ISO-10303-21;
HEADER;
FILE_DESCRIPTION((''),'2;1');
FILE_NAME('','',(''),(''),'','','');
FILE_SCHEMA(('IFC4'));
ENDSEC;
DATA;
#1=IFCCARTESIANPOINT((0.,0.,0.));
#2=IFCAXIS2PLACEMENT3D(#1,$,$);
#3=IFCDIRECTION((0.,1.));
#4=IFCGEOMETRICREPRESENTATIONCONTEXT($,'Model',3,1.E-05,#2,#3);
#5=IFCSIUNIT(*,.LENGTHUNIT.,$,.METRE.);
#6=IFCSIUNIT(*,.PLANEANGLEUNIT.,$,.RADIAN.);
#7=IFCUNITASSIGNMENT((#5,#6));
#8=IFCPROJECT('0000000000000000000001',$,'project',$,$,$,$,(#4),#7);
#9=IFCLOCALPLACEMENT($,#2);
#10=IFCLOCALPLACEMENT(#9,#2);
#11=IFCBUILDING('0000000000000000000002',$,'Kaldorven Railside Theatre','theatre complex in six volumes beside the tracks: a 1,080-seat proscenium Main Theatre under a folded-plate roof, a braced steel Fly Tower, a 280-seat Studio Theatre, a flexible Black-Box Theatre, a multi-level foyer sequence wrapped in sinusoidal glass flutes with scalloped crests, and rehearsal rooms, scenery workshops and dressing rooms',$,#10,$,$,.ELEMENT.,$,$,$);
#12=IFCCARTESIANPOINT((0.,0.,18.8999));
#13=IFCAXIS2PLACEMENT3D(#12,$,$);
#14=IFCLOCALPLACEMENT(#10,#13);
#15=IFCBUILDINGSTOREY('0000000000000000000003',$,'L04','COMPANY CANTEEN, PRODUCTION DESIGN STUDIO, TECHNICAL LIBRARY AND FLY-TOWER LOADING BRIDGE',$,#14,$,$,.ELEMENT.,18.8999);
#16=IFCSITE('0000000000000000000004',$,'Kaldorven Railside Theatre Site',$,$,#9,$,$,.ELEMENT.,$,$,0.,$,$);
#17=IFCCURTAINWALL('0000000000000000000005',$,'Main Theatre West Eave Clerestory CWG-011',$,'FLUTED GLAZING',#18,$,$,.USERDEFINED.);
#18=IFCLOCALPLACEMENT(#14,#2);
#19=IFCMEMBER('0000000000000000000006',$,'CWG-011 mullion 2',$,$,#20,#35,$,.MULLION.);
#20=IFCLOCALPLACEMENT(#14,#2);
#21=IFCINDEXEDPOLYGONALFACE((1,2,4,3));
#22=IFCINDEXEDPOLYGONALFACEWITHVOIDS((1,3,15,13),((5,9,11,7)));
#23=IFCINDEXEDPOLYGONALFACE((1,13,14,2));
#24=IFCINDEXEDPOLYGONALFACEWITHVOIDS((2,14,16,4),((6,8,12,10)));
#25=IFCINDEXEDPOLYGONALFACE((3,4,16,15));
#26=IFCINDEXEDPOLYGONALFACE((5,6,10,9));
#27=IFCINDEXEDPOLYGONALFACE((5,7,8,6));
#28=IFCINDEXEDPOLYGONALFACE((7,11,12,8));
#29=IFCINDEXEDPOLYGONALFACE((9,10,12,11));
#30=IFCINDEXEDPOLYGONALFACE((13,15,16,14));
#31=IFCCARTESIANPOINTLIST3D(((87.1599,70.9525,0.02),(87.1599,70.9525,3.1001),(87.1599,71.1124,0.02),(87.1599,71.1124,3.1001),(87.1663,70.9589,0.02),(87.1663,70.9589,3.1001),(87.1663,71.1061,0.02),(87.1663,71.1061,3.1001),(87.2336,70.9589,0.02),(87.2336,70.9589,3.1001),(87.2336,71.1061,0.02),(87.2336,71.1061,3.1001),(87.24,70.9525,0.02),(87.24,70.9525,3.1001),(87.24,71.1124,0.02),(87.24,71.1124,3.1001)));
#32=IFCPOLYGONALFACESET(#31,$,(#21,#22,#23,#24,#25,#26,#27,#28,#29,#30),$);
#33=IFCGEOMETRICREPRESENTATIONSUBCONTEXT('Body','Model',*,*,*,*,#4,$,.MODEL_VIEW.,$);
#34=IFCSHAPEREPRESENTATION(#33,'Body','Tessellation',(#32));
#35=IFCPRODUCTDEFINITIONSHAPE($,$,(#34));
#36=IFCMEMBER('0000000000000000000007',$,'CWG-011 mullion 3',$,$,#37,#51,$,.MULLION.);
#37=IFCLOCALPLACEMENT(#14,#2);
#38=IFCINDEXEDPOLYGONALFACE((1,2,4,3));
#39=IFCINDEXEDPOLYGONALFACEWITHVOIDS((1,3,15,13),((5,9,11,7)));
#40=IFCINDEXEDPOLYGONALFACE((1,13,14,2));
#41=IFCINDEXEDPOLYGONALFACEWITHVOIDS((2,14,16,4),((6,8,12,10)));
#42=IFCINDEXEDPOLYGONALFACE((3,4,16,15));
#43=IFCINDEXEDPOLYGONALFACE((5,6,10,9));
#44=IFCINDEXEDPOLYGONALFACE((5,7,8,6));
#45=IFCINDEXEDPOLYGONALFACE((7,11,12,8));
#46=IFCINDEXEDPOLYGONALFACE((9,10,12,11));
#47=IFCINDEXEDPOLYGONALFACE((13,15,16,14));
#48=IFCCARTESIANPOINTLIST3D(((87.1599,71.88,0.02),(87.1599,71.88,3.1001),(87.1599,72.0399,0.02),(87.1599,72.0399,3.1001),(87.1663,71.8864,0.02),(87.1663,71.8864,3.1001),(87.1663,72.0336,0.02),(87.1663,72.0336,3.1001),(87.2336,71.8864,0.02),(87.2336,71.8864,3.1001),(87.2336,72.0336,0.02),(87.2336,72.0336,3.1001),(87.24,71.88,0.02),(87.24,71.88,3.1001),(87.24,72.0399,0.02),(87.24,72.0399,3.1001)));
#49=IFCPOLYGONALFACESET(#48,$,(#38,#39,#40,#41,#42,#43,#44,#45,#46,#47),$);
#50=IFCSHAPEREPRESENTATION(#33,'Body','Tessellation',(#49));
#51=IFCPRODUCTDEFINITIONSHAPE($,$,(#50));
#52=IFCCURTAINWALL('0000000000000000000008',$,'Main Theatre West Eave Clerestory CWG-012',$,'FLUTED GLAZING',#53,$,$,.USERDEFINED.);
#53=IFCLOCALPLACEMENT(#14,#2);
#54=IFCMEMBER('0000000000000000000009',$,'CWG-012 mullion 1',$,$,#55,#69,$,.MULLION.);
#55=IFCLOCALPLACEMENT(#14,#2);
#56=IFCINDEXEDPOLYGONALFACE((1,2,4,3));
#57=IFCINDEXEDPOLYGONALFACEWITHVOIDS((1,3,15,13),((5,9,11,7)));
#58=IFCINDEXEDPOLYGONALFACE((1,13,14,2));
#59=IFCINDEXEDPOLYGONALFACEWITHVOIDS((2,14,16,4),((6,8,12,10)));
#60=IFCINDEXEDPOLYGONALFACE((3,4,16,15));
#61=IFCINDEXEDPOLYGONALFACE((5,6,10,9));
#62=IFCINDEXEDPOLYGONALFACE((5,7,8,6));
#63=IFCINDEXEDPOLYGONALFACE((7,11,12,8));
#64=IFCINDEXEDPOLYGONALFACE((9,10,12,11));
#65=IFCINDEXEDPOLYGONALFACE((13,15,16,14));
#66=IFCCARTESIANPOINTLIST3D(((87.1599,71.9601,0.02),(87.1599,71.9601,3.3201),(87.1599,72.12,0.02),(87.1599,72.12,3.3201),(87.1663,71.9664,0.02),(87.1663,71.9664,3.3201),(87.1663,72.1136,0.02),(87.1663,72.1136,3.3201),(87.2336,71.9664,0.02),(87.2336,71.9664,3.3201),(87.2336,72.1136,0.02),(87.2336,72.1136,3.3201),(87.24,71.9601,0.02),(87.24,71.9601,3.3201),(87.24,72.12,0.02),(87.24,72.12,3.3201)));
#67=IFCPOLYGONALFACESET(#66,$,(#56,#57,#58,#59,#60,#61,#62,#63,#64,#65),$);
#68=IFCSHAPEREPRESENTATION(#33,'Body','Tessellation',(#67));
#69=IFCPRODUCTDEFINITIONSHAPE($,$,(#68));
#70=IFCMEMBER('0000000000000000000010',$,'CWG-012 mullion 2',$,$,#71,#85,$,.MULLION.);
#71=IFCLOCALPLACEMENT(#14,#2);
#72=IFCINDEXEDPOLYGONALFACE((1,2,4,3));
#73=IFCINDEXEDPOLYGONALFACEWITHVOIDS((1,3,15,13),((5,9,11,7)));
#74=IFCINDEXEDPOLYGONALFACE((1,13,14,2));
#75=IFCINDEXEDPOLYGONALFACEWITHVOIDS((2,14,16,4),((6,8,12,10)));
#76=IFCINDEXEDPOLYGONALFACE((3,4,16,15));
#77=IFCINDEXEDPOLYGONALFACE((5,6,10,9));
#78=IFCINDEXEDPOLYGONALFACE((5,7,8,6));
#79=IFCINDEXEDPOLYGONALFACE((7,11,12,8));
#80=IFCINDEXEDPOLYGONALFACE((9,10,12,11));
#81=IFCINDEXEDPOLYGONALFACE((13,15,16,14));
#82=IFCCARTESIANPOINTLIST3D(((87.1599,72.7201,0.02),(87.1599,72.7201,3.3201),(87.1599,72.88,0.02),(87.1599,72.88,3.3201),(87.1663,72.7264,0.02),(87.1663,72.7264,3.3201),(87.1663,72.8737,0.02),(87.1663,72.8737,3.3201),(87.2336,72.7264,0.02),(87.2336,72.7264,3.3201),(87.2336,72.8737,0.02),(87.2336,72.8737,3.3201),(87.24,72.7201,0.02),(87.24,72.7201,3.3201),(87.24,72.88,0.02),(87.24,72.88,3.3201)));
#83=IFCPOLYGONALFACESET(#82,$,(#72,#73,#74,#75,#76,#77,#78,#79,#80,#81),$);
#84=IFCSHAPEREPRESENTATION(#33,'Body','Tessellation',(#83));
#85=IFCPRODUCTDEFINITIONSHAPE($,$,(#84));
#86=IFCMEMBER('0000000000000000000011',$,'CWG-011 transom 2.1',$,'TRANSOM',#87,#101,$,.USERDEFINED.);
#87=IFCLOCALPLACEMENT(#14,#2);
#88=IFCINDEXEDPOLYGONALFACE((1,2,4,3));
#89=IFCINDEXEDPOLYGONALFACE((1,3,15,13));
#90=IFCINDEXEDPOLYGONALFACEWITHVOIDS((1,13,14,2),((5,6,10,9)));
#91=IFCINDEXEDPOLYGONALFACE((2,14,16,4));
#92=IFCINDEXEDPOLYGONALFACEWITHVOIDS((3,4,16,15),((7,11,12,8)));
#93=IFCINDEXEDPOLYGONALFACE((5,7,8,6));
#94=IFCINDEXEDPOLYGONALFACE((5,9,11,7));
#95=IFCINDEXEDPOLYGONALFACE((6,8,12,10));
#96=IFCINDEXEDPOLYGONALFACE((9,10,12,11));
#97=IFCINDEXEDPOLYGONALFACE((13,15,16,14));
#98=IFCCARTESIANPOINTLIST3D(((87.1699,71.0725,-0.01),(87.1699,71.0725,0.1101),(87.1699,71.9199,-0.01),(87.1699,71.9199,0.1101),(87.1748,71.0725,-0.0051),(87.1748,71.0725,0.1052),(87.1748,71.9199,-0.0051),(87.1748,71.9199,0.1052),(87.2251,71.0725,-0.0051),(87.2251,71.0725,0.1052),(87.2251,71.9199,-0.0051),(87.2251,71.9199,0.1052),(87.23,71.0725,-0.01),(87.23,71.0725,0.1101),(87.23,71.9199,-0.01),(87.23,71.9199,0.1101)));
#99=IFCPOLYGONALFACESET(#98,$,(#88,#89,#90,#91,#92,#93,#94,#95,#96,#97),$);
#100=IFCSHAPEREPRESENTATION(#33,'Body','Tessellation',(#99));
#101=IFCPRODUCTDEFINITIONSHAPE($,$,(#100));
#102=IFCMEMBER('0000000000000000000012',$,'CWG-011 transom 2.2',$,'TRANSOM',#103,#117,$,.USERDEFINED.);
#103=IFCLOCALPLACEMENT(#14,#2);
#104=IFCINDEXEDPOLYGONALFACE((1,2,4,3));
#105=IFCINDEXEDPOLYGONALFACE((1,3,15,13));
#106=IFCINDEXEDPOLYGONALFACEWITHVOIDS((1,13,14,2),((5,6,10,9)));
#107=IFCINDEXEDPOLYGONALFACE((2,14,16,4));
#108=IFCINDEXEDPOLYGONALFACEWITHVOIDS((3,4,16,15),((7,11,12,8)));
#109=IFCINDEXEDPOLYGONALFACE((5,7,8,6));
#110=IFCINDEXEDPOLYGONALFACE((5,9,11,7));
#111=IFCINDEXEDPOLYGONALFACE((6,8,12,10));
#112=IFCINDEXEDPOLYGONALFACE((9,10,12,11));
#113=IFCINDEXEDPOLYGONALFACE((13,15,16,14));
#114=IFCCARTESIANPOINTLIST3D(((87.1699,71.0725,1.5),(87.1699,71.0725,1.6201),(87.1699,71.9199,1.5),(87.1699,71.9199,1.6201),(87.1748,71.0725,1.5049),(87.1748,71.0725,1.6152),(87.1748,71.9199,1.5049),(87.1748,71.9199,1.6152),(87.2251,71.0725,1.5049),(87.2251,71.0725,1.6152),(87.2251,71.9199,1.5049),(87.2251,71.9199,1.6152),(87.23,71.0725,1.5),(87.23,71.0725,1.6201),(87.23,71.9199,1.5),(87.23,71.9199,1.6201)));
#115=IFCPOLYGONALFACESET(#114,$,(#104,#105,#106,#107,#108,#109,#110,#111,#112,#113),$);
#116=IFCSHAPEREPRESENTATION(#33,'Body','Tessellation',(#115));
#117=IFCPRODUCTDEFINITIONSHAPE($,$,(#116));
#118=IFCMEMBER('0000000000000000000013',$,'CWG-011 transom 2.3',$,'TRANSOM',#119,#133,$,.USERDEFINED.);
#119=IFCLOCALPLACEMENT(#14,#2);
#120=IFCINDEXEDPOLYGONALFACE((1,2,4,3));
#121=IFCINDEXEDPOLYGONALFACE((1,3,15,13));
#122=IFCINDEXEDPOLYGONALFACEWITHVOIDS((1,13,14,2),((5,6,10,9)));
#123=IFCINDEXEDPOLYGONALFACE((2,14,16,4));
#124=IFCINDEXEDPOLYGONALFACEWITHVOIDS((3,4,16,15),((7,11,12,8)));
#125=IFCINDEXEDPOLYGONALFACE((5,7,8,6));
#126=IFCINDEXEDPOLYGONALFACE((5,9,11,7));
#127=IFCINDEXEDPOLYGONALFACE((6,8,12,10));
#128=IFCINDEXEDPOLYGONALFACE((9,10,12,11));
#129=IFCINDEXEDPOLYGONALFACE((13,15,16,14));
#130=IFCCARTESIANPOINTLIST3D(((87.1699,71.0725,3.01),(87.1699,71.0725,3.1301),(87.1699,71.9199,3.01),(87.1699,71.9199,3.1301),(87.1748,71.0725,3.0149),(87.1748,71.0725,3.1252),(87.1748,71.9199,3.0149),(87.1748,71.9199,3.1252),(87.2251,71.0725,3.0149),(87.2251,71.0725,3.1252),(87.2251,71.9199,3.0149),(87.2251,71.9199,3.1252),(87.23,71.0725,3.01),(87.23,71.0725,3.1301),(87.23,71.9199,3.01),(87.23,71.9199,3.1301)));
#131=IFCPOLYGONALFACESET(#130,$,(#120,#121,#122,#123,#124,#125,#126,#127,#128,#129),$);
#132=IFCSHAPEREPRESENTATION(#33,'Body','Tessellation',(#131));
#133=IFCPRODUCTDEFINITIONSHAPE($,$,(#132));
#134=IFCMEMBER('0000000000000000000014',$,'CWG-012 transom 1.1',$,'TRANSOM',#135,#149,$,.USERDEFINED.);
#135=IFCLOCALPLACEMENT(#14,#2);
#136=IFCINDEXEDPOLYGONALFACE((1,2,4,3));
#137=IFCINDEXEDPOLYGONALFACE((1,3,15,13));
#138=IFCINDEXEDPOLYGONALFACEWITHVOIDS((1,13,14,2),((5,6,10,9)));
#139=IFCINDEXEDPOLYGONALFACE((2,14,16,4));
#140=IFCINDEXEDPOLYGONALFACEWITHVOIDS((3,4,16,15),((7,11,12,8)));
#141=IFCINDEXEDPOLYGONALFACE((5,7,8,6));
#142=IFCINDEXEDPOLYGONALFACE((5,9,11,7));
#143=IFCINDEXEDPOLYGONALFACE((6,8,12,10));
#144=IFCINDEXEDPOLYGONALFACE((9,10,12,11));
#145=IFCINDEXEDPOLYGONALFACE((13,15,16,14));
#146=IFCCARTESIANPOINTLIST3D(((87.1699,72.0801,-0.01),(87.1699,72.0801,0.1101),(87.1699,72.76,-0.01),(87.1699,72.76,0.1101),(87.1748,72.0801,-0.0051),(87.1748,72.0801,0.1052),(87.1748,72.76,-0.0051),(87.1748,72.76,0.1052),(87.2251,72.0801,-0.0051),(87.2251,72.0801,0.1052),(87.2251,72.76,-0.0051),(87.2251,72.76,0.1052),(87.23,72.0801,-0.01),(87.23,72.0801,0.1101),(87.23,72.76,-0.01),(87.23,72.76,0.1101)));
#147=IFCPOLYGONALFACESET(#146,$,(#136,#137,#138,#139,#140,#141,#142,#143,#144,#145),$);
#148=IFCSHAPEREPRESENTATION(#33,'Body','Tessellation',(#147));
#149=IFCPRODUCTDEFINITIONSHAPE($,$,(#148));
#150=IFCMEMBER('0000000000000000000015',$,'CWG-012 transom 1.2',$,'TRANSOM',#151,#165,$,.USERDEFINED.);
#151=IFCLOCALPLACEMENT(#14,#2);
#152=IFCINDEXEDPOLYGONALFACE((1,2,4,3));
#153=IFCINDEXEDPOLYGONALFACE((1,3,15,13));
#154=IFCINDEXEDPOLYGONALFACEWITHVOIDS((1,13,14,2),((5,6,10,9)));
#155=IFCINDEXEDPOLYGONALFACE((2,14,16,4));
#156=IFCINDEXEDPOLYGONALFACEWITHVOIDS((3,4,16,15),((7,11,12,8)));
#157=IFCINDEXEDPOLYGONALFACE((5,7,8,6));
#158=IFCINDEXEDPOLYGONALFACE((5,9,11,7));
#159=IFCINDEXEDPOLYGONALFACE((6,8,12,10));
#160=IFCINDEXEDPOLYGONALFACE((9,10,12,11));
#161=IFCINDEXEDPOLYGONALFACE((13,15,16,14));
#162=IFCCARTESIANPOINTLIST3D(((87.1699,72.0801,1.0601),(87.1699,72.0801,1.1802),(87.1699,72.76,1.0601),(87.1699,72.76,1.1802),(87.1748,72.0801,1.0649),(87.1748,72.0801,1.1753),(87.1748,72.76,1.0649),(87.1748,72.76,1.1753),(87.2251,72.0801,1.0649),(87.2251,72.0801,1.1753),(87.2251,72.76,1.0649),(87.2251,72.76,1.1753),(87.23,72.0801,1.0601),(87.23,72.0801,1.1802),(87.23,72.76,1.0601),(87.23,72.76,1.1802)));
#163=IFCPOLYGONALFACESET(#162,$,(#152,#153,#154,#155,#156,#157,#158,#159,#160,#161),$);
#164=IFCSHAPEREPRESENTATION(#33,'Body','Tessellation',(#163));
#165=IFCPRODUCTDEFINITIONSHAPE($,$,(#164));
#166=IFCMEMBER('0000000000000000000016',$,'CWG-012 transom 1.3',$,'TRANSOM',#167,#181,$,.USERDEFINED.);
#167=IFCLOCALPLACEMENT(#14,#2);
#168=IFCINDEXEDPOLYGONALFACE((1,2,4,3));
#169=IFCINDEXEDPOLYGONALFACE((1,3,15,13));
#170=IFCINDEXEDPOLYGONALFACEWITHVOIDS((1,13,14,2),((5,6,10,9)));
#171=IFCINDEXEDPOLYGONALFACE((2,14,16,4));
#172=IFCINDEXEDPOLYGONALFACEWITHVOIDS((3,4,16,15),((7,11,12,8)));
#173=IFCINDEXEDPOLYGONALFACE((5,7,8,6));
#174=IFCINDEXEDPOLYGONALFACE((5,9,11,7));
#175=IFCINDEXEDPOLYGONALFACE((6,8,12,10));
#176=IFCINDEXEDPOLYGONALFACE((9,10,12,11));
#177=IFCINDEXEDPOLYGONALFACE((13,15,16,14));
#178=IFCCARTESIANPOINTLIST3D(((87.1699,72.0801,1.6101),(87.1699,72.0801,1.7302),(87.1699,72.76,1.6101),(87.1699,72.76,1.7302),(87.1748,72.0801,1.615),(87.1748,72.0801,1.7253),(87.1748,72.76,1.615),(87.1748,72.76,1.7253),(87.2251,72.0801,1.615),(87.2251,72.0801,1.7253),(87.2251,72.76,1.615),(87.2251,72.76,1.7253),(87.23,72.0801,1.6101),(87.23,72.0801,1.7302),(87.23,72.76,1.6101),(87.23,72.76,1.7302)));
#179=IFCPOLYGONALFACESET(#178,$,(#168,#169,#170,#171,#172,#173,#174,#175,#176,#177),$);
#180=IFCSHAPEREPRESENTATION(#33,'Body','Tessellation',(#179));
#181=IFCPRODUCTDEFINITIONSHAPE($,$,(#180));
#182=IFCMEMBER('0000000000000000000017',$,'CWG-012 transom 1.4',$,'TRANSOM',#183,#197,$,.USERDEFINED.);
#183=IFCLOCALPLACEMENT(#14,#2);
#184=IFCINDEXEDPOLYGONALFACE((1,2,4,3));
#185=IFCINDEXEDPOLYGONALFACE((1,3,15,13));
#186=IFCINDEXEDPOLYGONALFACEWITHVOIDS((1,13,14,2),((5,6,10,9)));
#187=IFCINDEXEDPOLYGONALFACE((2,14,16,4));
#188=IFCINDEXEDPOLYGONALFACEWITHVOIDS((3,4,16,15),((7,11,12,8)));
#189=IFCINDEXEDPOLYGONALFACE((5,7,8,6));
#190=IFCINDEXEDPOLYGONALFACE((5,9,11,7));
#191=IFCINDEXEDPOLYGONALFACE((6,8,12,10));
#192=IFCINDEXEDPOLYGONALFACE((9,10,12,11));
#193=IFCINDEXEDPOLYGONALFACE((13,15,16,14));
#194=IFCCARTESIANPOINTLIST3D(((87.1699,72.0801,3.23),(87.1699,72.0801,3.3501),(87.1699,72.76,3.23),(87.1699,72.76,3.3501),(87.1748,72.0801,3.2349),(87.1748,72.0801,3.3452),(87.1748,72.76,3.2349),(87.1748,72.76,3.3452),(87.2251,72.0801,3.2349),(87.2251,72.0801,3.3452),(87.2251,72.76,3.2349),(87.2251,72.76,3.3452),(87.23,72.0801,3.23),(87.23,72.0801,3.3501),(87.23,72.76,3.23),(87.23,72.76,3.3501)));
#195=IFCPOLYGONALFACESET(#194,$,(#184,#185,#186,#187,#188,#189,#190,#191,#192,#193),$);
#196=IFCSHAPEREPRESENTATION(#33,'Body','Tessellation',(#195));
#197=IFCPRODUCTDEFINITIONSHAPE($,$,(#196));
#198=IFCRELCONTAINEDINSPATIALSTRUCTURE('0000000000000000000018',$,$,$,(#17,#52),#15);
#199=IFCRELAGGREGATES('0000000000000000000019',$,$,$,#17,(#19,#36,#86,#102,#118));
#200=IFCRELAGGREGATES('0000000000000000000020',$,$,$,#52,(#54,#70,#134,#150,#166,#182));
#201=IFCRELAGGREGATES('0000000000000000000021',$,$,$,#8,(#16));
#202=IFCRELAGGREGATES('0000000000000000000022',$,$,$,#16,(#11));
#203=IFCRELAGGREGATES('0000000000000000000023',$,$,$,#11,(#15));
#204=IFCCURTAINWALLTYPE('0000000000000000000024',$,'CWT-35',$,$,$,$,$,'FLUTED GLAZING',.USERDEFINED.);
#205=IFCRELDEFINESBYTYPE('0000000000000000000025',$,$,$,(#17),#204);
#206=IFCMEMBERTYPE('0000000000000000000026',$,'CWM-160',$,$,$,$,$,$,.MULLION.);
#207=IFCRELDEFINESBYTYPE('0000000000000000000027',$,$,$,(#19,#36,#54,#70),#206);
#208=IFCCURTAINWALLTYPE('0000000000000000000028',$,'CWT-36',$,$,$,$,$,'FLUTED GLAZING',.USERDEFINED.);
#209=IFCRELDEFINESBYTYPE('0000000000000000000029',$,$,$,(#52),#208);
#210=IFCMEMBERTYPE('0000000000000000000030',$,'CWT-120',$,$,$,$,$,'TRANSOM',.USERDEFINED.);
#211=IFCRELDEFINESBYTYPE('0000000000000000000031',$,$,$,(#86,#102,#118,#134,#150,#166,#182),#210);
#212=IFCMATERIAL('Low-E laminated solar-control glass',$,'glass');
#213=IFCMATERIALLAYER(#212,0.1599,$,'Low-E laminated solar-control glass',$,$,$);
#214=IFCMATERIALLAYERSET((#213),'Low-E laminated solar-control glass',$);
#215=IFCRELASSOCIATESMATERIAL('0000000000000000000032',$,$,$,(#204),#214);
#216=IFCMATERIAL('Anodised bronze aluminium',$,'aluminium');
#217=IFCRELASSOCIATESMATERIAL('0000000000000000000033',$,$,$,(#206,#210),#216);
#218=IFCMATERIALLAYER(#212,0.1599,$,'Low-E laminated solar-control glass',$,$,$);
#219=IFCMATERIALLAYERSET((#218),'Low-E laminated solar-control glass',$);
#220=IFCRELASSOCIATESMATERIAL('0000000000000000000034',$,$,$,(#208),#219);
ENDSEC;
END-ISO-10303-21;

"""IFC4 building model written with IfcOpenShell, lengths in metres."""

from ifc_helpers import new_model, si_unit, direction, frame, origin, origin_2d, place, context, subcontext, project, spatial, hollow_rectangle, extrude, material, layer, layer_set, material_profile, profile_set, type_object, element, aggregate, save


model = new_model("IFC4")

# Units and contexts
model_context = context("Model", 3, precision=1e-05, world=origin(), true_north=direction((0.0, 1.0)))
body_context = subcontext(model_context, "Body", "Model", "MODEL_VIEW")
ifc_project = project(units=[si_unit("LENGTHUNIT", "METRE"), si_unit("PLANEANGLEUNIT", "RADIAN")], contexts=[model_context])

# Site, building, storey
site_placement = place(None, origin())
site = spatial("IfcSite", under=ifc_project, at=site_placement, Name="Kaldorven Railside Theatre Site", CompositionType="ELEMENT", RefElevation=0.0)
building_placement = place(site_placement, origin())
building = spatial("IfcBuilding", under=site, at=building_placement, Name="Kaldorven Railside Theatre", Description="theatre complex in six volumes beside the tracks: a 1,080-seat proscenium Main Theatre under a folded-plate roof, a braced steel Fly Tower, a 280-seat Studio Theatre, a flexible Black-Box Theatre, a multi-level foyer sequence wrapped in sinusoidal glass flutes with scalloped crests, and rehearsal rooms, scenery workshops and dressing rooms", CompositionType="ELEMENT")
storey_placement = place(building_placement, frame((0.0, 0.0, 18.8999)))
storey = spatial("IfcBuildingStorey", under=building, at=storey_placement, Name="L04", Description="COMPANY CANTEEN, PRODUCTION DESIGN STUDIO, TECHNICAL LIBRARY AND FLY-TOWER LOADING BRIDGE", CompositionType="ELEMENT", Elevation=18.8999)

# Curtain walls, members
ifc_material_1 = material(Name="Low-E laminated solar-control glass", Category="glass")
ifc_layer_1 = layer(ifc_material_1, 0.1599, Name="Low-E laminated solar-control glass")
ifc_layer_set_1 = layer_set([ifc_layer_1], Name="Low-E laminated solar-control glass")
curtain_wall_type_1 = type_object("IfcCurtainWallType", Name="CWT-35", ElementType="FLUTED GLAZING", PredefinedType="USERDEFINED", material=ifc_layer_set_1)
curtain_wall_1_placement = place(storey_placement, origin())
curtain_wall_1 = element("IfcCurtainWall", 1, at=curtain_wall_1_placement, inside=storey, type_object=curtain_wall_type_1, Name="Main Theatre West Eave Clerestory CWG-011", ObjectType="FLUTED GLAZING", PredefinedType="USERDEFINED")
ifc_material_2 = material(Name="Anodised bronze aluminium", Category="aluminium")
ifc_material_profile_1 = material_profile(ifc_material_2, hollow_rectangle(XDim=0.0801, YDim=0.1599, WallThickness=0.0063, at=origin_2d()), Name="RHS 160x80x6.3")
ifc_profile_set_1 = profile_set([ifc_material_profile_1], Name="Anodised bronze aluminium")
member_type_1 = type_object("IfcMemberType", Name="CWM-160", PredefinedType="MULLION", material=ifc_profile_set_1)
member_1_placement = place(storey_placement, frame((87.2, 71.0325, 0.02), z_axis=(0.0, 0.0, 1.0), x_axis=(-1.0, 0.0, 0.0)))
member_1 = element("IfcMember", 2, at=member_1_placement, type_object=member_type_1, Name="CWG-011 mullion 2", PredefinedType="MULLION", context=body_context, shape_type="SweptSolid", body=[
    extrude(hollow_rectangle(XDim=0.0801, YDim=0.1599, WallThickness=0.0063, at=origin_2d()), origin(), (0.0, 0.0, 1.0), 3.0801),
])
member_2_placement = place(storey_placement, frame((87.2, 71.96, 0.02), z_axis=(0.0, 0.0, 1.0), x_axis=(-1.0, 0.0, 0.0)))
member_2 = element("IfcMember", 3, at=member_2_placement, type_object=member_type_1, Name="CWG-011 mullion 3", PredefinedType="MULLION", context=body_context, shape_type="SweptSolid", body=[
    extrude(hollow_rectangle(XDim=0.0801, YDim=0.1599, WallThickness=0.0063, at=origin_2d()), origin(), (0.0, 0.0, 1.0), 3.0801),
])
ifc_layer_2 = layer(ifc_material_1, 0.1599, Name="Low-E laminated solar-control glass")
ifc_layer_set_2 = layer_set([ifc_layer_2], Name="Low-E laminated solar-control glass")
curtain_wall_type_2 = type_object("IfcCurtainWallType", Name="CWT-36", ElementType="FLUTED GLAZING", PredefinedType="USERDEFINED", material=ifc_layer_set_2)
curtain_wall_2_placement = place(storey_placement, origin())
curtain_wall_2 = element("IfcCurtainWall", 4, at=curtain_wall_2_placement, inside=storey, type_object=curtain_wall_type_2, Name="Main Theatre West Eave Clerestory CWG-012", ObjectType="FLUTED GLAZING", PredefinedType="USERDEFINED")
member_3_placement = place(storey_placement, frame((87.2, 72.04, 0.02), z_axis=(0.0, 0.0, 1.0), x_axis=(-1.0, 0.0, 0.0)))
member_3 = element("IfcMember", 5, at=member_3_placement, type_object=member_type_1, Name="CWG-012 mullion 1", PredefinedType="MULLION", context=body_context, shape_type="SweptSolid", body=[
    extrude(hollow_rectangle(XDim=0.0801, YDim=0.1599, WallThickness=0.0063, at=origin_2d()), origin(), (0.0, 0.0, 1.0), 3.3),
])
member_4_placement = place(storey_placement, frame((87.2, 72.8, 0.02), z_axis=(0.0, 0.0, 1.0), x_axis=(-1.0, 0.0, 0.0)))
member_4 = element("IfcMember", 6, at=member_4_placement, type_object=member_type_1, Name="CWG-012 mullion 2", PredefinedType="MULLION", context=body_context, shape_type="SweptSolid", body=[
    extrude(hollow_rectangle(XDim=0.0801, YDim=0.1599, WallThickness=0.0063, at=origin_2d()), origin(), (0.0, 0.0, 1.0), 3.3),
])

# Members
ifc_material_profile_2 = material_profile(ifc_material_2, hollow_rectangle(XDim=0.0601, YDim=0.1201, WallThickness=0.0049, at=origin_2d()), Name="RHS 120x60x5")
ifc_profile_set_2 = profile_set([ifc_material_profile_2], Name="Anodised bronze aluminium")
member_type_2 = type_object("IfcMemberType", Name="CWT-120", ElementType="TRANSOM", PredefinedType="USERDEFINED", material=ifc_profile_set_2)
member_5_placement = place(storey_placement, frame((87.2, 71.0725, 0.05), z_axis=(0.0, 1.0, 0.0), x_axis=(-1.0, 0.0, 0.0)))
member_5 = element("IfcMember", 7, at=member_5_placement, type_object=member_type_2, Name="CWG-011 transom 2.1", ObjectType="TRANSOM", PredefinedType="USERDEFINED", context=body_context, shape_type="SweptSolid", body=[
    extrude(hollow_rectangle(XDim=0.0601, YDim=0.1201, WallThickness=0.0049, at=origin_2d()), origin(), (0.0, 0.0, 1.0), 0.8474),
])
member_6_placement = place(storey_placement, frame((87.2, 71.0725, 1.5601), z_axis=(0.0, 1.0, 0.0), x_axis=(-1.0, 0.0, 0.0)))
member_6 = element("IfcMember", 8, at=member_6_placement, type_object=member_type_2, Name="CWG-011 transom 2.2", ObjectType="TRANSOM", PredefinedType="USERDEFINED", context=body_context, shape_type="SweptSolid", body=[
    extrude(hollow_rectangle(XDim=0.0601, YDim=0.1201, WallThickness=0.0049, at=origin_2d()), origin(), (0.0, 0.0, 1.0), 0.8474),
])
member_7_placement = place(storey_placement, frame((87.2, 71.0725, 3.0701), z_axis=(0.0, 1.0, 0.0), x_axis=(-1.0, 0.0, 0.0)))
member_7 = element("IfcMember", 9, at=member_7_placement, type_object=member_type_2, Name="CWG-011 transom 2.3", ObjectType="TRANSOM", PredefinedType="USERDEFINED", context=body_context, shape_type="SweptSolid", body=[
    extrude(hollow_rectangle(XDim=0.0601, YDim=0.1201, WallThickness=0.0049, at=origin_2d()), origin(), (0.0, 0.0, 1.0), 0.8474),
])
member_8_placement = place(storey_placement, frame((87.2, 72.0801, 0.05), z_axis=(0.0, 1.0, 0.0), x_axis=(-1.0, 0.0, 0.0)))
member_8 = element("IfcMember", 10, at=member_8_placement, type_object=member_type_2, Name="CWG-012 transom 1.1", ObjectType="TRANSOM", PredefinedType="USERDEFINED", context=body_context, shape_type="SweptSolid", body=[
    extrude(hollow_rectangle(XDim=0.0601, YDim=0.1201, WallThickness=0.0049, at=origin_2d()), origin(), (0.0, 0.0, 1.0), 0.6799),
])
member_9_placement = place(storey_placement, frame((87.2, 72.0801, 1.1201), z_axis=(0.0, 1.0, 0.0), x_axis=(-1.0, 0.0, 0.0)))
member_9 = element("IfcMember", 11, at=member_9_placement, type_object=member_type_2, Name="CWG-012 transom 1.2", ObjectType="TRANSOM", PredefinedType="USERDEFINED", context=body_context, shape_type="SweptSolid", body=[
    extrude(hollow_rectangle(XDim=0.0601, YDim=0.1201, WallThickness=0.0049, at=origin_2d()), origin(), (0.0, 0.0, 1.0), 0.6799),
])
member_10_placement = place(storey_placement, frame((87.2, 72.0801, 1.6702), z_axis=(0.0, 1.0, 0.0), x_axis=(-1.0, 0.0, 0.0)))
member_10 = element("IfcMember", 12, at=member_10_placement, type_object=member_type_2, Name="CWG-012 transom 1.3", ObjectType="TRANSOM", PredefinedType="USERDEFINED", context=body_context, shape_type="SweptSolid", body=[
    extrude(hollow_rectangle(XDim=0.0601, YDim=0.1201, WallThickness=0.0049, at=origin_2d()), origin(), (0.0, 0.0, 1.0), 0.6799),
])
member_11_placement = place(storey_placement, frame((87.2, 72.0801, 3.29), z_axis=(0.0, 1.0, 0.0), x_axis=(-1.0, 0.0, 0.0)))
member_11 = element("IfcMember", 13, at=member_11_placement, type_object=member_type_2, Name="CWG-012 transom 1.4", ObjectType="TRANSOM", PredefinedType="USERDEFINED", context=body_context, shape_type="SweptSolid", body=[
    extrude(hollow_rectangle(XDim=0.0601, YDim=0.1201, WallThickness=0.0049, at=origin_2d()), origin(), (0.0, 0.0, 1.0), 0.6799),
])

aggregate(curtain_wall_1, [member_1, member_2, member_5, member_6, member_7])
aggregate(curtain_wall_2, [member_3, member_4, member_8, member_9, member_10, member_11])

save(model, "model.ifc")
